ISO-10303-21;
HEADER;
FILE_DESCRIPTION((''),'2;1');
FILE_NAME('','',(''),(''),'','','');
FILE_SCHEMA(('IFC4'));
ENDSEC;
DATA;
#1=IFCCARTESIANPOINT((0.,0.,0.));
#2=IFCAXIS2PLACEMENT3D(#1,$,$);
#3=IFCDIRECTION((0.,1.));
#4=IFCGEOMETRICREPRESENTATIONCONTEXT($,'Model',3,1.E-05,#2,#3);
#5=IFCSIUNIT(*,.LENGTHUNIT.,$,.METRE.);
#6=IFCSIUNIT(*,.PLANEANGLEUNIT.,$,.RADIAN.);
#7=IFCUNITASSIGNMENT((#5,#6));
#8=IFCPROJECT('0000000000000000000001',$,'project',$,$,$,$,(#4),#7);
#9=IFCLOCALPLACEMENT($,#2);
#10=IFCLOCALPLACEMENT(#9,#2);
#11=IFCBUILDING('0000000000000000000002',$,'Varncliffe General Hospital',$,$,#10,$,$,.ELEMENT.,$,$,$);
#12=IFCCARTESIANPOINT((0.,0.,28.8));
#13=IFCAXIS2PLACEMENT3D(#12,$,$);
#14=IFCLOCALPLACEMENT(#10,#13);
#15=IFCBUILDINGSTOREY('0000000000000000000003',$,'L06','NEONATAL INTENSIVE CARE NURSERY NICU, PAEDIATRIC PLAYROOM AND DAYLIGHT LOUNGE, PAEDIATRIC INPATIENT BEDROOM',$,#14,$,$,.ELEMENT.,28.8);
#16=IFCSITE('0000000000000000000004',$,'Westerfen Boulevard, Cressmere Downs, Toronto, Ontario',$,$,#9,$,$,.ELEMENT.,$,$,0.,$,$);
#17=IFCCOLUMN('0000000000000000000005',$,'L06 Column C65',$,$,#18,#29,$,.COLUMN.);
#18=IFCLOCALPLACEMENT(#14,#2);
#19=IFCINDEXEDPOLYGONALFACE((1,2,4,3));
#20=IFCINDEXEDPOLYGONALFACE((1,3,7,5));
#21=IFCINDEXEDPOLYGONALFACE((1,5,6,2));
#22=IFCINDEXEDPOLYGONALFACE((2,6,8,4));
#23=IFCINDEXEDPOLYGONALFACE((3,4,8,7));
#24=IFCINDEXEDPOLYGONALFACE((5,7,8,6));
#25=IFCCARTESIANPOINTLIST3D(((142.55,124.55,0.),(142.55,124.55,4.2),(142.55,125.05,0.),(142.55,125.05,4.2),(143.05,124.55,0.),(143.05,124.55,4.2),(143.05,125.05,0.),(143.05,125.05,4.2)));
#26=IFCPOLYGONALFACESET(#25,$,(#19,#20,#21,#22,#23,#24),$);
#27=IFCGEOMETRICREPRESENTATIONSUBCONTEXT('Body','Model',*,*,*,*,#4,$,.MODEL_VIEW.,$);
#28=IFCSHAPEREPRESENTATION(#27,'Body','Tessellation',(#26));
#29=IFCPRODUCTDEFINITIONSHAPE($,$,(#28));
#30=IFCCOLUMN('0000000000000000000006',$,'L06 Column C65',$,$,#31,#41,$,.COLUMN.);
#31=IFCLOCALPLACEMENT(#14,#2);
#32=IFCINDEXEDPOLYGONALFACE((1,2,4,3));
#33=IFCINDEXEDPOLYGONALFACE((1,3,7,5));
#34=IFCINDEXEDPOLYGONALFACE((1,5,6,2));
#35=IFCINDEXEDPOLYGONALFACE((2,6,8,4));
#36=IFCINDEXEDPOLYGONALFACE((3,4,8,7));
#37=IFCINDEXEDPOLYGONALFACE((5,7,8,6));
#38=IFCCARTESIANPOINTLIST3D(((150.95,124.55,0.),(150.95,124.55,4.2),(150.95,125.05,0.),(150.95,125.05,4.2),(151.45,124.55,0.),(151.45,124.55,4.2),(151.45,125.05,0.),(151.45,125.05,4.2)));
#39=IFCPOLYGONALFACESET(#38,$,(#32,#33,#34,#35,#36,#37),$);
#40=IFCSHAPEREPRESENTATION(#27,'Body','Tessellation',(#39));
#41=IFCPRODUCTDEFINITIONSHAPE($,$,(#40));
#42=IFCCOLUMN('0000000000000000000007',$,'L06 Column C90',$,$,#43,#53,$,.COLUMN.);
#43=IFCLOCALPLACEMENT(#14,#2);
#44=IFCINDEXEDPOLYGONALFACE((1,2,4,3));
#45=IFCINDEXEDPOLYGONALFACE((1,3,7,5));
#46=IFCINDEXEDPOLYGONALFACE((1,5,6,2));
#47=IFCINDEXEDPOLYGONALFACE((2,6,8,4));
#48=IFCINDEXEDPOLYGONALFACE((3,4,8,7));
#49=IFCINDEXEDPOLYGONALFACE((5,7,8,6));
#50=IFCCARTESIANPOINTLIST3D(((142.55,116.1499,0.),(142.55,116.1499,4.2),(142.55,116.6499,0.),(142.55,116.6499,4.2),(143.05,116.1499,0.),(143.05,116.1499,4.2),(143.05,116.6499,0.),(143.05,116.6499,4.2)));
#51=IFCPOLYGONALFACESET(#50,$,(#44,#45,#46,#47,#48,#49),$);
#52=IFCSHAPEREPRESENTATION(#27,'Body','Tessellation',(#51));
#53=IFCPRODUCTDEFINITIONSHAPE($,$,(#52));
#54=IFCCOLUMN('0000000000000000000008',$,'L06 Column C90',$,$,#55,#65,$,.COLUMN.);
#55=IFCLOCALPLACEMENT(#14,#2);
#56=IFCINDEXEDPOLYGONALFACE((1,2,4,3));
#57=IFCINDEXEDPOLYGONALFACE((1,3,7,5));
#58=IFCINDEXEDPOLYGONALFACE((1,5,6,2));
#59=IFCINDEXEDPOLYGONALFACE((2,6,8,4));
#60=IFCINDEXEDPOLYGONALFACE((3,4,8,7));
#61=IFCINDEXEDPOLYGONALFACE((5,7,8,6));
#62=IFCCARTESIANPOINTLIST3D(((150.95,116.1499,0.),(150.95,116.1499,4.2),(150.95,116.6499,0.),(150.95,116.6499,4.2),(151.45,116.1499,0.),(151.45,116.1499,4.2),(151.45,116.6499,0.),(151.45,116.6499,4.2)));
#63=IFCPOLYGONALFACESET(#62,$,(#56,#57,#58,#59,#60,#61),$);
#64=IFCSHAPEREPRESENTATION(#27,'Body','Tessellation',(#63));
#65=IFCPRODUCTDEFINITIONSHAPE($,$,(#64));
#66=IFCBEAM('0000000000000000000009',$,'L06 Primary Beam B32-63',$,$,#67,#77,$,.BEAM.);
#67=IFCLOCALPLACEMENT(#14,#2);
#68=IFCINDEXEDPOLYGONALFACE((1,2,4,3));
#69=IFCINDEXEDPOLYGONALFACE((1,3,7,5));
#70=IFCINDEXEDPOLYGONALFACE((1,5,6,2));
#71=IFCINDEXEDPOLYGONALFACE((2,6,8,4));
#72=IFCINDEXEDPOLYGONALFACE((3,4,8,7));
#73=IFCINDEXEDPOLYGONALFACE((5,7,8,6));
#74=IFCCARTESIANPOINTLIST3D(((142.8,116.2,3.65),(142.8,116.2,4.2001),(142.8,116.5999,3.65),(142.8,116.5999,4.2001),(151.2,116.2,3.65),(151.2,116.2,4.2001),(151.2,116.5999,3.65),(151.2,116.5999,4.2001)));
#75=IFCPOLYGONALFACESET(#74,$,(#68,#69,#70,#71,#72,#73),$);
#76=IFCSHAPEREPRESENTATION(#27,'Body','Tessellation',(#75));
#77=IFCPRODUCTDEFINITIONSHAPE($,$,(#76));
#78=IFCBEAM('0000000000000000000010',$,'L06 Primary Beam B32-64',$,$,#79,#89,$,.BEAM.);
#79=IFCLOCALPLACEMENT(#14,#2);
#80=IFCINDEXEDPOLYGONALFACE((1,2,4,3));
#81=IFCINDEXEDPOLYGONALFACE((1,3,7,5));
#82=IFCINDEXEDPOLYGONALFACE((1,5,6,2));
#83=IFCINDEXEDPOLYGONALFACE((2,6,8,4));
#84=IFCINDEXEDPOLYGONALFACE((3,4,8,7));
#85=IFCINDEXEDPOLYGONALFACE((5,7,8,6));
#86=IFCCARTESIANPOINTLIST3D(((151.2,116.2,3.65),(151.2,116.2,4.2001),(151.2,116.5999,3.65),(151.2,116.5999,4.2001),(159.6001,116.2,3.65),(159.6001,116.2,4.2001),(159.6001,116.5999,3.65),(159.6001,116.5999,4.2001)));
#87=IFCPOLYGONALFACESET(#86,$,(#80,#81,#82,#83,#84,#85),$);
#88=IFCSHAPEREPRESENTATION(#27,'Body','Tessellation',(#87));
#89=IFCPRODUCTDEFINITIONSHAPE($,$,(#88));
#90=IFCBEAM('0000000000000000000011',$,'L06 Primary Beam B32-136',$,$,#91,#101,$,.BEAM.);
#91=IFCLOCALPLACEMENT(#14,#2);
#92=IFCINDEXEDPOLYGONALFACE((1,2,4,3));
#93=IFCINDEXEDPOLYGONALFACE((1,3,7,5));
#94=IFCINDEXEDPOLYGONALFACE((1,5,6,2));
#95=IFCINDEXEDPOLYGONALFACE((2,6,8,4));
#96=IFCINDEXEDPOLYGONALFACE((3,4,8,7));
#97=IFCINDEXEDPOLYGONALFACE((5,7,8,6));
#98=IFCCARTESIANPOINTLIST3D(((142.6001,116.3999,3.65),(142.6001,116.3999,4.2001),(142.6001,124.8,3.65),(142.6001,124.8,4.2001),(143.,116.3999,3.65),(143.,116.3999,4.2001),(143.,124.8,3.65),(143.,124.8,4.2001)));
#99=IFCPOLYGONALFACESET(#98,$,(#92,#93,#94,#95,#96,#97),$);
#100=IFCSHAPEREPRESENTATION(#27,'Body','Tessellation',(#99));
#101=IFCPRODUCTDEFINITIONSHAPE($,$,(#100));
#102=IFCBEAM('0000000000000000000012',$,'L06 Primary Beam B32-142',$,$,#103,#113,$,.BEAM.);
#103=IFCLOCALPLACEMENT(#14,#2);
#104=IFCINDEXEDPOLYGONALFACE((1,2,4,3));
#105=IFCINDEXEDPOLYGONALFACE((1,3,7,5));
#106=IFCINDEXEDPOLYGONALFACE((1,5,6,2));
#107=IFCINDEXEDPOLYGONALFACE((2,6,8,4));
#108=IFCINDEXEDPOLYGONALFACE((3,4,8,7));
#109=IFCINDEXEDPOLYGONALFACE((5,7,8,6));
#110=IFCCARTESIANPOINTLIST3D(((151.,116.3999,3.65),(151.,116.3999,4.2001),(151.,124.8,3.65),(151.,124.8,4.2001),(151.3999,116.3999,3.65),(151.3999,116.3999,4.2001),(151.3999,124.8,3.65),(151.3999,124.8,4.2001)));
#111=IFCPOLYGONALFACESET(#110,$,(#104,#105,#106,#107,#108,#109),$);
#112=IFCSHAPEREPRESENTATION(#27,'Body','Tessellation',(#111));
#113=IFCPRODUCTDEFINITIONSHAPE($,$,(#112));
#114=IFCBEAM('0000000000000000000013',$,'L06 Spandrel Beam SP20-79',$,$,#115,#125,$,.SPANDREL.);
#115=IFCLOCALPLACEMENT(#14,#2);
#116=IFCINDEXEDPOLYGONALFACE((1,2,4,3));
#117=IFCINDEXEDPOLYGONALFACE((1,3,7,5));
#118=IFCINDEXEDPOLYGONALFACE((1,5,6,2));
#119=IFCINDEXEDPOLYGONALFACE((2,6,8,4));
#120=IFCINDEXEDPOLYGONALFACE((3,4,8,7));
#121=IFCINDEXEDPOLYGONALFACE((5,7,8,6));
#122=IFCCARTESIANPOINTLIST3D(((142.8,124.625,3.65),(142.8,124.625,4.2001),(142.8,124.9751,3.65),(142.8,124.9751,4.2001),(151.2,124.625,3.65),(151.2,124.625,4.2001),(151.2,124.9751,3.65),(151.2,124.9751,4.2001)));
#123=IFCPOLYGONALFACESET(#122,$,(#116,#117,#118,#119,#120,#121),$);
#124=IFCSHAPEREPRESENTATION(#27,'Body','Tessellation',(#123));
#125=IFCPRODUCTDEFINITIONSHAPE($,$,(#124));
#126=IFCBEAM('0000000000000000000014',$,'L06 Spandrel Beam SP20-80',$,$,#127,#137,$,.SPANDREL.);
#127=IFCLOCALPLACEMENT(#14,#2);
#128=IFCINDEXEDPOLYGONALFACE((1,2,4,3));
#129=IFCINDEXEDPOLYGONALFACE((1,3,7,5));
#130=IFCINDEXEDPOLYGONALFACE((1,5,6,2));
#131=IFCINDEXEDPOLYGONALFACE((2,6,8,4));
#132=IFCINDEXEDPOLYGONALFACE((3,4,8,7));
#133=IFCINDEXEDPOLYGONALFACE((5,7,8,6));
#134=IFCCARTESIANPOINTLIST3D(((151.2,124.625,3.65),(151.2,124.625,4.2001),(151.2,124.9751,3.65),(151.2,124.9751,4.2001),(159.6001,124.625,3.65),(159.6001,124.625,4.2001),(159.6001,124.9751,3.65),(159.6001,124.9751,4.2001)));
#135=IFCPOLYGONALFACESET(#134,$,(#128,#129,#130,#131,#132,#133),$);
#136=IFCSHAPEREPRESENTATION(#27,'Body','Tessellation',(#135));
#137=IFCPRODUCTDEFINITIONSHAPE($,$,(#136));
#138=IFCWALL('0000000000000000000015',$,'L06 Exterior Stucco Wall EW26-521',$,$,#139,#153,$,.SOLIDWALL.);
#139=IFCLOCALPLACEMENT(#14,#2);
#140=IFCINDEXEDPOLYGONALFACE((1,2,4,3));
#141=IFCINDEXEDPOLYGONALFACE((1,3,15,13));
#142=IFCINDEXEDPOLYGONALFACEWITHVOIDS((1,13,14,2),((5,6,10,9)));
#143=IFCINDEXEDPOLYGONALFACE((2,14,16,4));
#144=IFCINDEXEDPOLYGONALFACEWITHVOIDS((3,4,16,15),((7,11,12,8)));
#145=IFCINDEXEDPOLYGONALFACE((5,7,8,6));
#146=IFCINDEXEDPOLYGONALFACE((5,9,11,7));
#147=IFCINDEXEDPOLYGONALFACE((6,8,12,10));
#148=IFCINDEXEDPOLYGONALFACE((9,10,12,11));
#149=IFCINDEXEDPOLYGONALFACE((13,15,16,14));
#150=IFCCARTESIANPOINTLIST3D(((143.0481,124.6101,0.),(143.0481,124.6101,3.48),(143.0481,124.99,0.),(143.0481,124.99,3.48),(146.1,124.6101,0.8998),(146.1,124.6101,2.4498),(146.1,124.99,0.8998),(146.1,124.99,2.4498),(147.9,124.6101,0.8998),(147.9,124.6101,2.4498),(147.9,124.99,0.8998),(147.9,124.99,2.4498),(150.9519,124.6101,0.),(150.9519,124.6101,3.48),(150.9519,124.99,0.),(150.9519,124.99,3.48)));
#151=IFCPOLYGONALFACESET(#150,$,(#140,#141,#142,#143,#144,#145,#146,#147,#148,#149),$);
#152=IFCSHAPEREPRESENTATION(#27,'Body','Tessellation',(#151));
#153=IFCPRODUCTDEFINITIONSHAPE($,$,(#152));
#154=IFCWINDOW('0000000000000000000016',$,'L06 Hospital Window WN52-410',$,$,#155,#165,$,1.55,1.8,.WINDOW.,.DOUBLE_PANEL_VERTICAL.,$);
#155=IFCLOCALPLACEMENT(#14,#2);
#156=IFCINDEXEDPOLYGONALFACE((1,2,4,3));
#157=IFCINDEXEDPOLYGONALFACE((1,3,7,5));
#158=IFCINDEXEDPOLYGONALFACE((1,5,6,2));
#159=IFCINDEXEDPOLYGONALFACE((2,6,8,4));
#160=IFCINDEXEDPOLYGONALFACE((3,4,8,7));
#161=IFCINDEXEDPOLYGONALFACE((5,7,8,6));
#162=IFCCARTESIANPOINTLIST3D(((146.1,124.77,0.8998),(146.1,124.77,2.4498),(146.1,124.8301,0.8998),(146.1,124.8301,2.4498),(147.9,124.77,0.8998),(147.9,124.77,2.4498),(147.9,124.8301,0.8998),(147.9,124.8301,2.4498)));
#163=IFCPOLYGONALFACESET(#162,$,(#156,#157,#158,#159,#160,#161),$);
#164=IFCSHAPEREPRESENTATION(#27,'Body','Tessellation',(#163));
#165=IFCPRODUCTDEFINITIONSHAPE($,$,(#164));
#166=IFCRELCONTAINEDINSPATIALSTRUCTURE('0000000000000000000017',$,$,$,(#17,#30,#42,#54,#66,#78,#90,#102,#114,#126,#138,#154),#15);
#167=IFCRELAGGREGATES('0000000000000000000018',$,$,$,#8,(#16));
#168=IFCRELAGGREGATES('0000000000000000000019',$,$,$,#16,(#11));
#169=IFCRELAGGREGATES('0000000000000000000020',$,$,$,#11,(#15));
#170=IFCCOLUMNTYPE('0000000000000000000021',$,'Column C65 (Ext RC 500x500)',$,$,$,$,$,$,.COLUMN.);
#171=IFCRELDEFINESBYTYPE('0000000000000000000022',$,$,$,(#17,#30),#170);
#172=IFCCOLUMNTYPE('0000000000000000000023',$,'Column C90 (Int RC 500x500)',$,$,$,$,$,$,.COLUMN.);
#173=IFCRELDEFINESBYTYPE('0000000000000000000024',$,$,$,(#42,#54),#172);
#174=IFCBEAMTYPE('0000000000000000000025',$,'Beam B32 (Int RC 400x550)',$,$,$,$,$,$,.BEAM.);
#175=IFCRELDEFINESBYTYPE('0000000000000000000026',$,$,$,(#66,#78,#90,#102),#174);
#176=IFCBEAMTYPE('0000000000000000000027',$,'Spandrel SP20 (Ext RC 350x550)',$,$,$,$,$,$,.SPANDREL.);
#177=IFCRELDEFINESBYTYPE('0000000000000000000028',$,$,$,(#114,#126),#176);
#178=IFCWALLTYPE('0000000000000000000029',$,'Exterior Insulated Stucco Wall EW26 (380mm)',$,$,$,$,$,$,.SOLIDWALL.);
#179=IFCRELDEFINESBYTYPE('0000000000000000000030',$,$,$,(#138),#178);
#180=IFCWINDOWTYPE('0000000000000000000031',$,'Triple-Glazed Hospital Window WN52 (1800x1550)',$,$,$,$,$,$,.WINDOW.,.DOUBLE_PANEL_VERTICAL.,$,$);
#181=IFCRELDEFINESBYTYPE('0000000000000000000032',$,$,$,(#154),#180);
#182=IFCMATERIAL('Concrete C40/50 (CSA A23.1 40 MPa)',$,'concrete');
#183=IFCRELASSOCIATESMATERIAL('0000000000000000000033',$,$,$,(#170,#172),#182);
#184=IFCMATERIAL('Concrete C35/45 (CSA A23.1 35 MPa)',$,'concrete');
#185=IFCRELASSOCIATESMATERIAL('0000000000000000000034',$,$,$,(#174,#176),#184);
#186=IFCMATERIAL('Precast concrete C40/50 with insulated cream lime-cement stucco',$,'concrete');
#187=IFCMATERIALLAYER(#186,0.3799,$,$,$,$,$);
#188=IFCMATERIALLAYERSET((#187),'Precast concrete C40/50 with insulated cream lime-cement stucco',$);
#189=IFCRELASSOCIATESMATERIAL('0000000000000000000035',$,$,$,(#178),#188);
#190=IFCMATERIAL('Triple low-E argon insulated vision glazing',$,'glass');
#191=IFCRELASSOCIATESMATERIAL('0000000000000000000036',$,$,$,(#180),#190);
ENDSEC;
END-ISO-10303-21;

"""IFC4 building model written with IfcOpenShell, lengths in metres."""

from ifc_helpers import new_model, si_unit, direction, frame, frame_2d, origin, origin_2d, place, context, subcontext, project, spatial, rectangle, extrude, material, layer, layer_set, material_profile, profile_set, type_object, element, fill, save


model = new_model("IFC4")

# Units and contexts
model_context = context("Model", 3, precision=1e-05, world=origin(), true_north=direction((0.0, 1.0)))
body_context = subcontext(model_context, "Body", "Model", "MODEL_VIEW")
ifc_project = project(units=[si_unit("LENGTHUNIT", "METRE"), si_unit("PLANEANGLEUNIT", "RADIAN")], contexts=[model_context])

# Site, building, storey
site_placement = place(None, origin())
site = spatial("IfcSite", under=ifc_project, at=site_placement, Name="Westerfen Boulevard, Cressmere Downs, Toronto, Ontario", CompositionType="ELEMENT", RefElevation=0.0)
building_placement = place(site_placement, origin())
building = spatial("IfcBuilding", under=site, at=building_placement, Name="Varncliffe General Hospital", CompositionType="ELEMENT")
storey_placement = place(building_placement, frame((0.0, 0.0, 28.8)))
storey = spatial("IfcBuildingStorey", under=building, at=storey_placement, Name="L06", Description="NEONATAL INTENSIVE CARE NURSERY NICU, PAEDIATRIC PLAYROOM AND DAYLIGHT LOUNGE, PAEDIATRIC INPATIENT BEDROOM", CompositionType="ELEMENT", Elevation=28.8)

# Columns
ifc_material_1 = material(Name="Concrete C40/50 (CSA A23.1 40 MPa)", Category="concrete")
ifc_material_profile_1 = material_profile(ifc_material_1, rectangle(XDim=0.5, YDim=0.5, at=origin_2d()), Name="RC 500x500")
ifc_profile_set_1 = profile_set([ifc_material_profile_1], Name="Concrete C40/50 (CSA A23.1 40 MPa)")
column_type_1 = type_object("IfcColumnType", Name="Column C65 (Ext RC 500x500)", PredefinedType="COLUMN", material=ifc_profile_set_1)
for number, where, z_axis, x_axis, name in (
    (1, (142.8, 124.8, 0.0), (0.0, 0.0, 1.0), (1.0, 0.0, 0.0), "L06 Column C65"),
    (2, (151.2, 124.8, 0.0), (0.0, 0.0, 1.0), (1.0, 0.0, 0.0), "L06 Column C65"),
):
    element("IfcColumn", number, at=place(storey_placement, frame(where, z_axis=z_axis, x_axis=x_axis)), inside=storey, type_object=column_type_1, Name=name, PredefinedType="COLUMN", context=body_context, shape_type="SweptSolid", body=[
        extrude(rectangle(XDim=0.5, YDim=0.5, at=origin_2d()), origin(), (0.0, 0.0, 1.0), 4.2),
    ])
ifc_material_profile_2 = material_profile(ifc_material_1, rectangle(XDim=0.5, YDim=0.5, at=origin_2d()), Name="RC 500x500")
ifc_profile_set_2 = profile_set([ifc_material_profile_2], Name="Concrete C40/50 (CSA A23.1 40 MPa)")
column_type_2 = type_object("IfcColumnType", Name="Column C90 (Int RC 500x500)", PredefinedType="COLUMN", material=ifc_profile_set_2)
for number, where, z_axis, x_axis, name in (
    (3, (142.8, 116.3999, 0.0), (0.0, 0.0, 1.0), (1.0, 0.0, 0.0), "L06 Column C90"),
    (4, (151.2, 116.3999, 0.0), (0.0, 0.0, 1.0), (1.0, 0.0, 0.0), "L06 Column C90"),
):
    element("IfcColumn", number, at=place(storey_placement, frame(where, z_axis=z_axis, x_axis=x_axis)), inside=storey, type_object=column_type_2, Name=name, PredefinedType="COLUMN", context=body_context, shape_type="SweptSolid", body=[
        extrude(rectangle(XDim=0.5, YDim=0.5, at=origin_2d()), origin(), (0.0, 0.0, 1.0), 4.2),
    ])

# Beams
ifc_material_2 = material(Name="Concrete C35/45 (CSA A23.1 35 MPa)", Category="concrete")
ifc_material_profile_3 = material_profile(ifc_material_2, rectangle(XDim=0.3999, YDim=0.55, at=origin_2d()), Name="RC 400x550")
ifc_profile_set_3 = profile_set([ifc_material_profile_3], Name="Concrete C35/45 (CSA A23.1 35 MPa)")
beam_type_1 = type_object("IfcBeamType", Name="Beam B32 (Int RC 400x550)", PredefinedType="BEAM", material=ifc_profile_set_3)
beam_1_placement = place(storey_placement, frame((142.8, 116.3999, 3.925), z_axis=(1.0, 0.0, 0.0), x_axis=(0.0, 1.0, 0.0)))
element("IfcBeam", 5, at=beam_1_placement, inside=storey, type_object=beam_type_1, Name="L06 Primary Beam B32-63", PredefinedType="BEAM", context=body_context, shape_type="SweptSolid", body=[
    extrude(rectangle(XDim=0.3999, YDim=0.55, at=origin_2d()), origin(), (0.0, 0.0, 1.0), 8.3999),
])
for number, where, z_axis, x_axis, name in (
    (6, (151.2, 116.3999, 3.925), (1.0, 0.0, 0.0), (0.0, 1.0, 0.0), "L06 Primary Beam B32-64"),
    (7, (142.8, 116.3999, 3.925), (0.0, 1.0, 0.0), (-1.0, 0.0, 0.0), "L06 Primary Beam B32-136"),
    (8, (151.2, 116.3999, 3.925), (0.0, 1.0, 0.0), (-1.0, 0.0, 0.0), "L06 Primary Beam B32-142"),
):
    element("IfcBeam", number, at=place(storey_placement, frame(where, z_axis=z_axis, x_axis=x_axis)), inside=storey, type_object=beam_type_1, Name=name, PredefinedType="BEAM", context=body_context, shape_type="SweptSolid", body=[
        extrude(rectangle(XDim=0.3999, YDim=0.55, at=origin_2d()), origin(), (0.0, 0.0, 1.0), 8.4001),
    ])
ifc_material_profile_4 = material_profile(ifc_material_2, rectangle(XDim=0.3501, YDim=0.55, at=origin_2d()), Name="RC 350x550")
ifc_profile_set_4 = profile_set([ifc_material_profile_4], Name="Concrete C35/45 (CSA A23.1 35 MPa)")
beam_type_2 = type_object("IfcBeamType", Name="Spandrel SP20 (Ext RC 350x550)", PredefinedType="SPANDREL", material=ifc_profile_set_4)
beam_2_placement = place(storey_placement, frame((142.8, 124.8, 3.925), z_axis=(1.0, 0.0, 0.0), x_axis=(0.0, 1.0, 0.0)))
element("IfcBeam", 9, at=beam_2_placement, inside=storey, type_object=beam_type_2, Name="L06 Spandrel Beam SP20-79", PredefinedType="SPANDREL", context=body_context, shape_type="SweptSolid", body=[
    extrude(rectangle(XDim=0.3501, YDim=0.55, at=origin_2d()), origin(), (0.0, 0.0, 1.0), 8.3999),
])
beam_3_placement = place(storey_placement, frame((151.2, 124.8, 3.925), z_axis=(1.0, 0.0, 0.0), x_axis=(0.0, 1.0, 0.0)))
element("IfcBeam", 10, at=beam_3_placement, inside=storey, type_object=beam_type_2, Name="L06 Spandrel Beam SP20-80", PredefinedType="SPANDREL", context=body_context, shape_type="SweptSolid", body=[
    extrude(rectangle(XDim=0.3501, YDim=0.55, at=origin_2d()), origin(), (0.0, 0.0, 1.0), 8.4001),
])

# Wall, opening, window
ifc_material_3 = material(Name="Precast concrete C40/50 with insulated cream lime-cement stucco", Category="concrete")
ifc_layer_1 = layer(ifc_material_3, 0.3799)
ifc_layer_set_1 = layer_set([ifc_layer_1], Name="Precast concrete C40/50 with insulated cream lime-cement stucco")
wall_type_1 = type_object("IfcWallType", Name="Exterior Insulated Stucco Wall EW26 (380mm)", PredefinedType="SOLIDWALL", material=ifc_layer_set_1)
wall_1_placement = place(storey_placement, frame((143.0481, 124.8, 0.0), z_axis=(0.0, 0.0, 1.0), x_axis=(1.0, 0.0, 0.0)))
wall_1 = element("IfcWall", 11, at=wall_1_placement, inside=storey, type_object=wall_type_1, Name="L06 Exterior Stucco Wall EW26-521", PredefinedType="SOLIDWALL", context=body_context, shape_type="SweptSolid", body=[
    extrude(rectangle(XDim=7.9038, YDim=0.3799, at=frame_2d((3.9519, 0.0))), origin(), (0.0, 0.0, 1.0), 3.48),
])
opening_1_placement = place(wall_1_placement, frame((3.052, 0.0, 0.8999)))
opening_1 = element("IfcOpeningElement", 12, at=opening_1_placement, cuts=wall_1, PredefinedType="OPENING", context=body_context, shape_type="SweptSolid", body=[
    extrude(rectangle(XDim=1.8, YDim=1.55, at=frame_2d((0.8999, 0.7749))), frame((0.0, 0.2, 0.0), z_axis=(0.0, -1.0, 0.0), x_axis=(1.0, 0.0, 0.0)), (0.0, 0.0, 1.0), 0.3999),
])
ifc_material_4 = material(Name="Triple low-E argon insulated vision glazing", Category="glass")
window_type_1 = type_object("IfcWindowType", Name="Triple-Glazed Hospital Window WN52 (1800x1550)", PartitioningType="DOUBLE_PANEL_VERTICAL", PredefinedType="WINDOW", material=ifc_material_4)
window_1_placement = place(opening_1_placement, origin())
window_1 = element("IfcWindow", 13, at=window_1_placement, inside=storey, type_object=window_type_1, Name="L06 Hospital Window WN52-410", OverallHeight=1.55, OverallWidth=1.8, PartitioningType="DOUBLE_PANEL_VERTICAL", PredefinedType="WINDOW", context=body_context, shape_type="SweptSolid", body=[
    extrude(rectangle(XDim=1.8, YDim=1.55, at=frame_2d((0.8999, 0.7749))), frame((0.0, 0.03, 0.0), z_axis=(0.0, -1.0, 0.0), x_axis=(1.0, 0.0, 0.0)), (0.0, 0.0, 1.0), 0.0601),
])
fill(opening_1, window_1)

save(model, "model.ifc")
